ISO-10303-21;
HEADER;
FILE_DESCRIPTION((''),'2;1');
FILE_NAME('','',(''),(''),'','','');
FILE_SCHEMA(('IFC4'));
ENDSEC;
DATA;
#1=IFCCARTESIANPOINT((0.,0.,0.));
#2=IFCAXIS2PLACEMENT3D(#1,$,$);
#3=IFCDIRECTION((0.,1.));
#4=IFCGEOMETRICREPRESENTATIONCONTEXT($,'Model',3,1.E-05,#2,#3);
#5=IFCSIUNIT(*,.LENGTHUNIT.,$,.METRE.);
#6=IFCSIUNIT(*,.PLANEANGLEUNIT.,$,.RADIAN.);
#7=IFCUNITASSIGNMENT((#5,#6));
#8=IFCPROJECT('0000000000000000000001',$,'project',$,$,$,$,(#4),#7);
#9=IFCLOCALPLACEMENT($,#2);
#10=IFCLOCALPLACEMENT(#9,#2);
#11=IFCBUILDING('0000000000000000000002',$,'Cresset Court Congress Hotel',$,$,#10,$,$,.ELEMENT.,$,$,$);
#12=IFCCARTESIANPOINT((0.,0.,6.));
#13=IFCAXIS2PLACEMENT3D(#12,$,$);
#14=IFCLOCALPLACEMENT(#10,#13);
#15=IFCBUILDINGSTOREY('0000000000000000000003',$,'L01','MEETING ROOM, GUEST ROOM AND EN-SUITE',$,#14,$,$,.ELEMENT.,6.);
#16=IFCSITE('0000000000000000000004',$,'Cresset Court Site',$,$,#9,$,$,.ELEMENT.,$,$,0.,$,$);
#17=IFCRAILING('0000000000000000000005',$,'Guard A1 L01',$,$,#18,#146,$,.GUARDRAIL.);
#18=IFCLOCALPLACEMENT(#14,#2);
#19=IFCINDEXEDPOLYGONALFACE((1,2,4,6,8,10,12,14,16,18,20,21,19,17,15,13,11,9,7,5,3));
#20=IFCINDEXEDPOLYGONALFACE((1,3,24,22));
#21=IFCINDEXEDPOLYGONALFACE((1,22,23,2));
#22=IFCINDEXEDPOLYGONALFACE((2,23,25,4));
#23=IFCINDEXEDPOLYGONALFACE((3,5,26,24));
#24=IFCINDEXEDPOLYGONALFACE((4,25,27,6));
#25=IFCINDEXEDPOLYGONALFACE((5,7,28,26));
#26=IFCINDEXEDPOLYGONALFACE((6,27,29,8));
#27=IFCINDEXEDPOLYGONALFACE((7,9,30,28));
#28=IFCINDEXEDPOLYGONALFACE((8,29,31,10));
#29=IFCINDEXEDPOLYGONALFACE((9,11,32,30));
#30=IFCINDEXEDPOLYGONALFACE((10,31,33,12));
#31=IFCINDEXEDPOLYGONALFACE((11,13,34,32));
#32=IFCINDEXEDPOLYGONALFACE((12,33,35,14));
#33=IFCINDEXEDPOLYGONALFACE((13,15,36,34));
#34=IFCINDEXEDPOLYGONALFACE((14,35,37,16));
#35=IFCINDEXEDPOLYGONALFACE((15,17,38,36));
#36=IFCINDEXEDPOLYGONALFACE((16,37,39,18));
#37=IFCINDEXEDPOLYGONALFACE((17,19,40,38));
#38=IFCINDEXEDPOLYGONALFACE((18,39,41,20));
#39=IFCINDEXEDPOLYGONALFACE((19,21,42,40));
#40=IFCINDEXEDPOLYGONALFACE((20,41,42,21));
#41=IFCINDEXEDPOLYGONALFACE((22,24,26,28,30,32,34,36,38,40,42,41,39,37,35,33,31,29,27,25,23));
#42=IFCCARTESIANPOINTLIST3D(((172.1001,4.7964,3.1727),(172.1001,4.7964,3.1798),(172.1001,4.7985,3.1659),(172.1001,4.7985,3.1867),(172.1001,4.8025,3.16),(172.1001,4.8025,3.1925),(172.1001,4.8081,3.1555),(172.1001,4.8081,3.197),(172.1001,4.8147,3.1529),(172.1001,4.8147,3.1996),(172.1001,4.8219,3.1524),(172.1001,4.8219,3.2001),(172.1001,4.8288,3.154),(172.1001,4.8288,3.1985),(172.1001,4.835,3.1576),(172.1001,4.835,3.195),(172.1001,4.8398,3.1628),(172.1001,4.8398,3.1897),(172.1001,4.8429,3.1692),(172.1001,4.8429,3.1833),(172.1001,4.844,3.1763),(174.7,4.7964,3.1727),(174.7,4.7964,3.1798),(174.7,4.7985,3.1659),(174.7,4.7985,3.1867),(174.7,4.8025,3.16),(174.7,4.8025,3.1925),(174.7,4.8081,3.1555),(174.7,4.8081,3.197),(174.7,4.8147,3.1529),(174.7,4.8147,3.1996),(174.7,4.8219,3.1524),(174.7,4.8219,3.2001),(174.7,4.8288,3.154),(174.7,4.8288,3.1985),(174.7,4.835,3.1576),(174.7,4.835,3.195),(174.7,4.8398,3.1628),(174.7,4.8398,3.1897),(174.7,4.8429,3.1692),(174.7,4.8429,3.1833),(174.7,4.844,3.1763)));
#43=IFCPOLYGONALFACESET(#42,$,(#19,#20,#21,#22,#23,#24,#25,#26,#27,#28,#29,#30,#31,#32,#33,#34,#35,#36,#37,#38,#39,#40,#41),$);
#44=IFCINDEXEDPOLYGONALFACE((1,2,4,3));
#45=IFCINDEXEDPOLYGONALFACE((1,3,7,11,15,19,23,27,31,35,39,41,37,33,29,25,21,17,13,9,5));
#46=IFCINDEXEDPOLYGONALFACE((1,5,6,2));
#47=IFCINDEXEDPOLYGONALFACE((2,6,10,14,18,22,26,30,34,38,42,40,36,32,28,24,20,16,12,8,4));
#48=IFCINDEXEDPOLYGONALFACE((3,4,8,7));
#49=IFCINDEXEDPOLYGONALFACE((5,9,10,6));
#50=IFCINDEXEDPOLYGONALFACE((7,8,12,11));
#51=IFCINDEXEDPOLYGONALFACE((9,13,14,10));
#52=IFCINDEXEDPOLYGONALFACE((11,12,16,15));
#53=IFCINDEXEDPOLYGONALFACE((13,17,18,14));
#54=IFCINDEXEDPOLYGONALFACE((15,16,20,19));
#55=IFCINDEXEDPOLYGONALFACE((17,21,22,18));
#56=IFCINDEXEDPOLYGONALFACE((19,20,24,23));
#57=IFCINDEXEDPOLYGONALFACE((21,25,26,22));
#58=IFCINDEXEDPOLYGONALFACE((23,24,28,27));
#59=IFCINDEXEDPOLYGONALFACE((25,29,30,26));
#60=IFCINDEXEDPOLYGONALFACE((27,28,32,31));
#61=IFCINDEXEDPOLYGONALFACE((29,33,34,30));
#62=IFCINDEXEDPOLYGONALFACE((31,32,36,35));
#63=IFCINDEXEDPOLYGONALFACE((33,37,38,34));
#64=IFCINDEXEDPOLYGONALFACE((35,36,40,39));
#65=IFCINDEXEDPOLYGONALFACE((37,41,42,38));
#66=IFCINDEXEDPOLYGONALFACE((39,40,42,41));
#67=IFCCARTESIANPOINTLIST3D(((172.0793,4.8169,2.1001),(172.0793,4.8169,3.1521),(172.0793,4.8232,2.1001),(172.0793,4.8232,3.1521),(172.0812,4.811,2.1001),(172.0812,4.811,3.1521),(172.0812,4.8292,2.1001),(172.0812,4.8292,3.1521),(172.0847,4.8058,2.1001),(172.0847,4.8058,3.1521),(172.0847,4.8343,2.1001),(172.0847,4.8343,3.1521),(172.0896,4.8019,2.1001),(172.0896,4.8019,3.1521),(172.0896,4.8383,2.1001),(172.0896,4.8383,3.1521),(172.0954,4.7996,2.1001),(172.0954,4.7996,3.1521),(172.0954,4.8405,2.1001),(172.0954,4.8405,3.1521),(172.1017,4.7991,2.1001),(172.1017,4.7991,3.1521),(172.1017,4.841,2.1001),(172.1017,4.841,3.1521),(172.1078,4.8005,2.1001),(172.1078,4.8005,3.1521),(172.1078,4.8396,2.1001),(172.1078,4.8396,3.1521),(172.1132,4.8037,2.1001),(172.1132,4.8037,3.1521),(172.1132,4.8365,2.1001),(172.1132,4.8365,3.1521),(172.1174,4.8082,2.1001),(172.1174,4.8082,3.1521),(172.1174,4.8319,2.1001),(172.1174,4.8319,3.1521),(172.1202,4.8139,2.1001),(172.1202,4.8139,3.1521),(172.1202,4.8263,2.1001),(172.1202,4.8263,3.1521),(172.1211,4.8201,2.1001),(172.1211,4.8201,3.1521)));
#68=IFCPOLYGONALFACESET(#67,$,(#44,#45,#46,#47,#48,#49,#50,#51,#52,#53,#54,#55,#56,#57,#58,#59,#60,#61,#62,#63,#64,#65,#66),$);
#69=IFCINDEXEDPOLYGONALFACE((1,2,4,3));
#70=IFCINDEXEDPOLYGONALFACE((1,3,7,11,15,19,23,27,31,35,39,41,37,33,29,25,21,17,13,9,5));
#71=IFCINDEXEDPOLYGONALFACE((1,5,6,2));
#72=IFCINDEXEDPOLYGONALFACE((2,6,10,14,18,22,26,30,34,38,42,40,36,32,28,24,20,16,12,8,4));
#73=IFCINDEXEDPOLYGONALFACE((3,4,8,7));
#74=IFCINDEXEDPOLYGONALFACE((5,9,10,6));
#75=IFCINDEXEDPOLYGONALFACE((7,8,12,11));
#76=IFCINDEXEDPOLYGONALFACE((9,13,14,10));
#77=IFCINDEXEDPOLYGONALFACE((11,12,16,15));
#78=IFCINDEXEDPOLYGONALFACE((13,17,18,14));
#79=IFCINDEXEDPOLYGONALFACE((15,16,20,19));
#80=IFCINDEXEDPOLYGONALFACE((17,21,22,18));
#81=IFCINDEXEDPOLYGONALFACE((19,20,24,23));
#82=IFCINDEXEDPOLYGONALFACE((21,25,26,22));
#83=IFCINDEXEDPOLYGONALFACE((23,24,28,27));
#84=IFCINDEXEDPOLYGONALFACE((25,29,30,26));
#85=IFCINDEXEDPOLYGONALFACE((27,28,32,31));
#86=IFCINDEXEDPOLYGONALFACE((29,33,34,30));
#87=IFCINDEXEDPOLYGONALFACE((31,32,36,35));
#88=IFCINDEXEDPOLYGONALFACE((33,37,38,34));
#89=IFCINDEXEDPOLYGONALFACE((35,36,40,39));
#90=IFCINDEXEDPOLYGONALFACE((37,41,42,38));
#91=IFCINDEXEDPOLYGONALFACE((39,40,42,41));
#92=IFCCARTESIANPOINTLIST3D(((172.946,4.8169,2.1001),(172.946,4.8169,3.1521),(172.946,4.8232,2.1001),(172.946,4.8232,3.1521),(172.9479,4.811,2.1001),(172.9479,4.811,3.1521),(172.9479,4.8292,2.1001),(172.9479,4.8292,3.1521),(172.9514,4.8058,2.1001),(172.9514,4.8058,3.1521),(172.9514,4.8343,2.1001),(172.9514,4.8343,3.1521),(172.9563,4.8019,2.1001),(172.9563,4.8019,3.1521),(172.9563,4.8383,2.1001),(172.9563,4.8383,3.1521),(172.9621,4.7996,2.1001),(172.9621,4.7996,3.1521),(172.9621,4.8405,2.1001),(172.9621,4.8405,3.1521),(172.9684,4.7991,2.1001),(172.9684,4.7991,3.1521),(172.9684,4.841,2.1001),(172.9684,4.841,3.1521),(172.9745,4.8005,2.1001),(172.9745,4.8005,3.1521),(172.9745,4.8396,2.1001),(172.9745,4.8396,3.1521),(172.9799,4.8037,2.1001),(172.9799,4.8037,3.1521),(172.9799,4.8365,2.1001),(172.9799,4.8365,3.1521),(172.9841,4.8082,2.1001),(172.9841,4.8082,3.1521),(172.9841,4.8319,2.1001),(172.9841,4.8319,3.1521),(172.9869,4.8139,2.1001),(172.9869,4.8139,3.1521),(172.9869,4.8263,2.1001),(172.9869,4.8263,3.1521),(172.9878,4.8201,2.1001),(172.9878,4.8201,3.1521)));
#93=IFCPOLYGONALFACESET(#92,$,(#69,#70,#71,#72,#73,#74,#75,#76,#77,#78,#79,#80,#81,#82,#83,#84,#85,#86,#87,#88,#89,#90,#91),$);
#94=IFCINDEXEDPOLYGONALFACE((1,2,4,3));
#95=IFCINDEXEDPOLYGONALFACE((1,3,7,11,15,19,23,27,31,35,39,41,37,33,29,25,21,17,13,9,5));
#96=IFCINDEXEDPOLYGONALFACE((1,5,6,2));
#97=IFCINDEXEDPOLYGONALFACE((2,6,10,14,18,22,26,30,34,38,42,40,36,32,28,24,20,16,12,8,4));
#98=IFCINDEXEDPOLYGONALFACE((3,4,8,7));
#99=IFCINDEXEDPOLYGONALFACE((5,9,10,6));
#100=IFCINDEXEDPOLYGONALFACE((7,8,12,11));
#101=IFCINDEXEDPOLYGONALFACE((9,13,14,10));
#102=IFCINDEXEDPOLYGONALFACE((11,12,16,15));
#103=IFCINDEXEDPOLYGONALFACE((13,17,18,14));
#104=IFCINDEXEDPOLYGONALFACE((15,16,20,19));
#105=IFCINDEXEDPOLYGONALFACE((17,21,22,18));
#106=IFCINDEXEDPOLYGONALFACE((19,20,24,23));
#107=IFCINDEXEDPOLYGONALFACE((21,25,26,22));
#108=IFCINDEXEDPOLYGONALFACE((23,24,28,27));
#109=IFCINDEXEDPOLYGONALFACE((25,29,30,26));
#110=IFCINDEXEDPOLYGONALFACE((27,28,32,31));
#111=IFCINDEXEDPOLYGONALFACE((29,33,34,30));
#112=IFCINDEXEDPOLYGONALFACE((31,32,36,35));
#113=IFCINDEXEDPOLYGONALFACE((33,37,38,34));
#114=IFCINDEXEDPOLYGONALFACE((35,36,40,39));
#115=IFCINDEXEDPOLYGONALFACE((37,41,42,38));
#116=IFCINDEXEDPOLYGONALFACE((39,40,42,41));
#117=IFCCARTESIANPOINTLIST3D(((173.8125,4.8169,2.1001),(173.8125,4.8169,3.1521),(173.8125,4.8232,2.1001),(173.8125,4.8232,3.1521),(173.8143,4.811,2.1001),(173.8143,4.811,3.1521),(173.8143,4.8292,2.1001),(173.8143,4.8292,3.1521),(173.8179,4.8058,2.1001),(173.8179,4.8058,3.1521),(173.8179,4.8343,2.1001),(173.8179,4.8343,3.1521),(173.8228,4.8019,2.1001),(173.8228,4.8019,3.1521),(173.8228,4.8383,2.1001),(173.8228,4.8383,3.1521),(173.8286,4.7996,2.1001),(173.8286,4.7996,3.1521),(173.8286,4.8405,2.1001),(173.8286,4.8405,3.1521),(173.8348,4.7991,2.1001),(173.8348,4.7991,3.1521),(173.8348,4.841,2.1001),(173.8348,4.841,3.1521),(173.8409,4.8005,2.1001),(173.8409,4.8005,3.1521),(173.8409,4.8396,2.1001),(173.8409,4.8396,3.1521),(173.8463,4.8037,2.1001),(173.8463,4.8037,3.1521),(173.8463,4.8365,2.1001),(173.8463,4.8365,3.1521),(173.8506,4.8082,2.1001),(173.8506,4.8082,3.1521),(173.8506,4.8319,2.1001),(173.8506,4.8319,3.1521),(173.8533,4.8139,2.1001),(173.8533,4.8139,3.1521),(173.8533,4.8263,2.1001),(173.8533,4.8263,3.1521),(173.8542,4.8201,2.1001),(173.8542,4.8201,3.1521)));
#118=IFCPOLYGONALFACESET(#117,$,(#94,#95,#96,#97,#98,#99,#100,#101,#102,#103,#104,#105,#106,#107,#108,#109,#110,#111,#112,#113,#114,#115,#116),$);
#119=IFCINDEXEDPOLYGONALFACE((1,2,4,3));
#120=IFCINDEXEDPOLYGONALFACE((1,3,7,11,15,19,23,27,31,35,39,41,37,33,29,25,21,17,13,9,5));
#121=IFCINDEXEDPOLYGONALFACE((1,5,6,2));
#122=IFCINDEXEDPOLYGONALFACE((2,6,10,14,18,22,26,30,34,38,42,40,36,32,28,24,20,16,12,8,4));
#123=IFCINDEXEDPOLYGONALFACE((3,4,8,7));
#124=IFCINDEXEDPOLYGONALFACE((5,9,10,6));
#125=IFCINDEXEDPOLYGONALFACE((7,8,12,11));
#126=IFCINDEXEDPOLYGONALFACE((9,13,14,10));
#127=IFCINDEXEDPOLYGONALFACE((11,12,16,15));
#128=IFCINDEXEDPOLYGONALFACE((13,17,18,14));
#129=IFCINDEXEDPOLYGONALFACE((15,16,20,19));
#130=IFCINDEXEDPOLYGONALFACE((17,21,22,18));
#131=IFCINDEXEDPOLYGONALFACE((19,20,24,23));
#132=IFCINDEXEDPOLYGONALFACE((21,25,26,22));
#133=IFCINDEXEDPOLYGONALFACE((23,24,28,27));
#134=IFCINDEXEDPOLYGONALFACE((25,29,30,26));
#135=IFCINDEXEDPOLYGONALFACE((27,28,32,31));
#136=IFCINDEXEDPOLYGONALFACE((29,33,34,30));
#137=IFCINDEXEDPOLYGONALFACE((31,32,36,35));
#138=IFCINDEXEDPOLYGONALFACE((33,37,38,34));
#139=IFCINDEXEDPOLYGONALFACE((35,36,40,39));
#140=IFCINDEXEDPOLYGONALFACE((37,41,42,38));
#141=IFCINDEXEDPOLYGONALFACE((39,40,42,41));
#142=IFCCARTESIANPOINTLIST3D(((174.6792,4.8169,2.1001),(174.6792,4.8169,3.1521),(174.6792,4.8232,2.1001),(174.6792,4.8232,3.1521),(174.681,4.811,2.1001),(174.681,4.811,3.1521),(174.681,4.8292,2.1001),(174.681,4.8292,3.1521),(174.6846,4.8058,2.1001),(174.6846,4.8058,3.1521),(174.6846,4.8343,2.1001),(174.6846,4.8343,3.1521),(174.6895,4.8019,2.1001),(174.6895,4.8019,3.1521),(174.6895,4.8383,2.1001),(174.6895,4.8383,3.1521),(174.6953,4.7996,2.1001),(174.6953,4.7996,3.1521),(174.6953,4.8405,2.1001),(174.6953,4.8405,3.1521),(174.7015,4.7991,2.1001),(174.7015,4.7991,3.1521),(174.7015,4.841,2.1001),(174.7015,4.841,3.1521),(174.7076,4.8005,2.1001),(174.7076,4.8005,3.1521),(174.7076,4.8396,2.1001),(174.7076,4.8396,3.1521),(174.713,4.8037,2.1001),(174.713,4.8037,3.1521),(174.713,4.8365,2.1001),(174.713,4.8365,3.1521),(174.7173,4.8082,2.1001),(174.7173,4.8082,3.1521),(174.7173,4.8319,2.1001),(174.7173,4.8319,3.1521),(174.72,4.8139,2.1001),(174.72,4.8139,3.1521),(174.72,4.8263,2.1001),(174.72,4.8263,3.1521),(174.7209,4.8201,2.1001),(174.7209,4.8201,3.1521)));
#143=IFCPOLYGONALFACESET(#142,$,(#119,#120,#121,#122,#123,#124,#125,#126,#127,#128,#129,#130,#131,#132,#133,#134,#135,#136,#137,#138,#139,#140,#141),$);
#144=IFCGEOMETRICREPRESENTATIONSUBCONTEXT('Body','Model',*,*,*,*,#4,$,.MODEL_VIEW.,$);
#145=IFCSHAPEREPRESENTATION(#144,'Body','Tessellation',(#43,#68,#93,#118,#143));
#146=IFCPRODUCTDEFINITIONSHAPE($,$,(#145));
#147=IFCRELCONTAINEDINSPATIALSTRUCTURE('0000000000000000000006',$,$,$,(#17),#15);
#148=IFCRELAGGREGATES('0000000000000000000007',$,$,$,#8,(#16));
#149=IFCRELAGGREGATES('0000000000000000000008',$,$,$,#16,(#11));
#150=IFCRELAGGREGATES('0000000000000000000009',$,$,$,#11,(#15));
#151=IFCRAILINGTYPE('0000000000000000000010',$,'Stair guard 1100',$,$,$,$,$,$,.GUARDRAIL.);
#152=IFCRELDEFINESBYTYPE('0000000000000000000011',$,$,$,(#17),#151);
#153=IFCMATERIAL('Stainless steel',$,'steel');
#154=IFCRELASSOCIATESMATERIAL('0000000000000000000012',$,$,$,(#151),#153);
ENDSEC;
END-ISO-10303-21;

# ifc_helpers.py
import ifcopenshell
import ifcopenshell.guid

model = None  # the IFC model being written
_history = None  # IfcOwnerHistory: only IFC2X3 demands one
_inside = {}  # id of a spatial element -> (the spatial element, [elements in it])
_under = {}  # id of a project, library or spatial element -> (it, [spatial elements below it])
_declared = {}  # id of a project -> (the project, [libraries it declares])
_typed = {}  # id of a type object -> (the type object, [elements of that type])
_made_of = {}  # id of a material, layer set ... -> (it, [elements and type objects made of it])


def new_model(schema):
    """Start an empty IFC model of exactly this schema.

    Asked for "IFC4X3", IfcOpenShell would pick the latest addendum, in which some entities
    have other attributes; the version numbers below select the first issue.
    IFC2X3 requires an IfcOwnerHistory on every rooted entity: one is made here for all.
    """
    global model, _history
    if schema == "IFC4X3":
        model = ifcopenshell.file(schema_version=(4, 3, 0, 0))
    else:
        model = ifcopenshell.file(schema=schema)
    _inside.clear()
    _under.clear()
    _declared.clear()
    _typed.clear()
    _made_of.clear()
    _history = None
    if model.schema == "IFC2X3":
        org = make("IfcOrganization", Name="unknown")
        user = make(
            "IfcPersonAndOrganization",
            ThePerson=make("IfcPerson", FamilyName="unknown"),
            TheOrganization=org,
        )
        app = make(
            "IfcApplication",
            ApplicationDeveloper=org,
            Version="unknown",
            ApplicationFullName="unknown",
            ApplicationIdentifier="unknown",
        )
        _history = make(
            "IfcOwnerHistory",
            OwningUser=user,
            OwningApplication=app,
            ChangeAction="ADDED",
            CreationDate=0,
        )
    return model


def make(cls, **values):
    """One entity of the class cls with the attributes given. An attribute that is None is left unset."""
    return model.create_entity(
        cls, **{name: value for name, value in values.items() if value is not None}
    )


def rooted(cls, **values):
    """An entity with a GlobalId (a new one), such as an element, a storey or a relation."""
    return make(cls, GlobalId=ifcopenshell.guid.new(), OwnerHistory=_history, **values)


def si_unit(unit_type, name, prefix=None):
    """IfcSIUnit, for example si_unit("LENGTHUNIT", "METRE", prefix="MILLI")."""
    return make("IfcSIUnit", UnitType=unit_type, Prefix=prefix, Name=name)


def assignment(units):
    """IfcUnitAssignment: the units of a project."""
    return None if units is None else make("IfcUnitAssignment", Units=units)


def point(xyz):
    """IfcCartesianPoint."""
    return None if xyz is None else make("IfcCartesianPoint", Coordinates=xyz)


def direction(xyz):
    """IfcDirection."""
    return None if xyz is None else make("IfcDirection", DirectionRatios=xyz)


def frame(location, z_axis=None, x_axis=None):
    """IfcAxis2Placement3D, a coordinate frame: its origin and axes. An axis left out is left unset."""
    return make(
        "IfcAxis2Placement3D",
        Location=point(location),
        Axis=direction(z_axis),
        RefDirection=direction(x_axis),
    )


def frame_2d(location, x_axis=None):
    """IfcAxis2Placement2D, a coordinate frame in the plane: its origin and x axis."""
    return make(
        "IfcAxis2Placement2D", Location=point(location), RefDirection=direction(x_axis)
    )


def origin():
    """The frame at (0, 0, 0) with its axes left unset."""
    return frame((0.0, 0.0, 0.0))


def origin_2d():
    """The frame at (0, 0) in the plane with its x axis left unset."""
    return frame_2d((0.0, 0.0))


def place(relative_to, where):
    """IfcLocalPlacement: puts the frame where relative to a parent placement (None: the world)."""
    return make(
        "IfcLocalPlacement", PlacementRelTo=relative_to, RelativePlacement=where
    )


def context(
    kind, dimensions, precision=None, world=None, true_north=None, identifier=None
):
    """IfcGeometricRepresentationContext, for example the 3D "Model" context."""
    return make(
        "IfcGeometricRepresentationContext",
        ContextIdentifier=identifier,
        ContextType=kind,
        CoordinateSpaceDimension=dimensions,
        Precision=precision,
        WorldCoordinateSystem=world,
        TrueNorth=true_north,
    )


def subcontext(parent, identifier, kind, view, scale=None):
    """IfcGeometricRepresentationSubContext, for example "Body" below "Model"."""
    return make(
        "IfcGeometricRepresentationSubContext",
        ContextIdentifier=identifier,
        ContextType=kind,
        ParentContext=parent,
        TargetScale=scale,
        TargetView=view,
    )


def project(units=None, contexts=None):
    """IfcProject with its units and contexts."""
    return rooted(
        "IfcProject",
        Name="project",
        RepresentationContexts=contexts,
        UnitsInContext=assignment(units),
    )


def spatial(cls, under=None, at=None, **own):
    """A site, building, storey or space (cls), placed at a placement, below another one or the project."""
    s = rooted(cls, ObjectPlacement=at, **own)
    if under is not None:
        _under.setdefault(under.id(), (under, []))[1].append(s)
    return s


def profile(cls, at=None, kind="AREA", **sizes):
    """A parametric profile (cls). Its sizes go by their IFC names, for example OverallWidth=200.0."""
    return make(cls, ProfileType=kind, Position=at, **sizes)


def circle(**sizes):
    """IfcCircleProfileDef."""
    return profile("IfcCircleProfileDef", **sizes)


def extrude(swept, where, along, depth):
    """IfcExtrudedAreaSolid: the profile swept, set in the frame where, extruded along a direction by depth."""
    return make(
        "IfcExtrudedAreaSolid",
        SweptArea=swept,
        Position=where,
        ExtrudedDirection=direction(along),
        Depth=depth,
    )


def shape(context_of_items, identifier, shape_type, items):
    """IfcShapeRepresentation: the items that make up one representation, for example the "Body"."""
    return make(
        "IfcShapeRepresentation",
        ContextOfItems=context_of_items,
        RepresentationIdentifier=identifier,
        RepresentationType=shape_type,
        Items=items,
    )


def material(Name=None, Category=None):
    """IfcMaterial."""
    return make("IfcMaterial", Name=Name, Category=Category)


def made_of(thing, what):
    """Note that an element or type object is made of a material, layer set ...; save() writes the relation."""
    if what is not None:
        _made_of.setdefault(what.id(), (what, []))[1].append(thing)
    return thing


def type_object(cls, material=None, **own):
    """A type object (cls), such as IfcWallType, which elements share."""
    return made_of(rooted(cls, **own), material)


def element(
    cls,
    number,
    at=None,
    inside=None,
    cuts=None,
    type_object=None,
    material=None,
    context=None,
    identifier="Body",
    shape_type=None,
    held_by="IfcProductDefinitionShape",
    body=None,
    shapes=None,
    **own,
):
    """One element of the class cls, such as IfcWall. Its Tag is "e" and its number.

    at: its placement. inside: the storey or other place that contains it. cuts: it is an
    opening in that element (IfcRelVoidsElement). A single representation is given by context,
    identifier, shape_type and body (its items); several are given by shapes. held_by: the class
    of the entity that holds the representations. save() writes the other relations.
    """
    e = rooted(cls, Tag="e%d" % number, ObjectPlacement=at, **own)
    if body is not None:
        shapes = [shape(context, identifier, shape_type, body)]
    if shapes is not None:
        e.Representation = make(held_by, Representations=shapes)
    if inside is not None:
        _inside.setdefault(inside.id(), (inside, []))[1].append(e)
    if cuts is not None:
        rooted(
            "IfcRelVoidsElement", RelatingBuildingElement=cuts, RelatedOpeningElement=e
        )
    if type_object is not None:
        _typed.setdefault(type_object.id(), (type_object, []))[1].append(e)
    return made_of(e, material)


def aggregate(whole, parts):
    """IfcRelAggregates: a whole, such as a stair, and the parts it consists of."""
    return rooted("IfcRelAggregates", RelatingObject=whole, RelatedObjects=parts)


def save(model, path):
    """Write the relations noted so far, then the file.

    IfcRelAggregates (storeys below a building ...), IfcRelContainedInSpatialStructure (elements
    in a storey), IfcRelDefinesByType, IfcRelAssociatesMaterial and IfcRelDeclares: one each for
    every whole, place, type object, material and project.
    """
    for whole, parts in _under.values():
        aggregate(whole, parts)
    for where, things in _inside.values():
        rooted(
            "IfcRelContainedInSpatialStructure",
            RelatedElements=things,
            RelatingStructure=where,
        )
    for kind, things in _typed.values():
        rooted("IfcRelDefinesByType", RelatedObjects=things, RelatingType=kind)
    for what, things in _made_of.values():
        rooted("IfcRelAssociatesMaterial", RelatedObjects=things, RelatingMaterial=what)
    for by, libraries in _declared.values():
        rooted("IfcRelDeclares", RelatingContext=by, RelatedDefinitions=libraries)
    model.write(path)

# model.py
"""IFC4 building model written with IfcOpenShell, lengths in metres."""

from ifc_helpers import new_model, si_unit, direction, frame, origin, origin_2d, place, context, subcontext, project, spatial, circle, extrude, material, type_object, element, save


model = new_model("IFC4")

# Units and contexts
model_context = context("Model", 3, precision=1e-05, world=origin(), true_north=direction((0.0, 1.0)))
body_context = subcontext(model_context, "Body", "Model", "MODEL_VIEW")
ifc_project = project(units=[si_unit("LENGTHUNIT", "METRE"), si_unit("PLANEANGLEUNIT", "RADIAN")], contexts=[model_context])

# Site, building, storey
site_placement = place(None, origin())
site = spatial("IfcSite", under=ifc_project, at=site_placement, Name="Cresset Court Site", CompositionType="ELEMENT", RefElevation=0.0)
building_placement = place(site_placement, origin())
building = spatial("IfcBuilding", under=site, at=building_placement, Name="Cresset Court Congress Hotel", CompositionType="ELEMENT")
storey_placement = place(building_placement, frame((0.0, 0.0, 6.0)))
storey = spatial("IfcBuildingStorey", under=building, at=storey_placement, Name="L01", Description="MEETING ROOM, GUEST ROOM AND EN-SUITE", CompositionType="ELEMENT", Elevation=6.0)

# Railing
ifc_material_1 = material(Name="Stainless steel", Category="steel")
railing_type_1 = type_object("IfcRailingType", Name="Stair guard 1100", PredefinedType="GUARDRAIL", material=ifc_material_1)
for number, where, name in (
    (1, (172.1001, 4.8201, 2.1001), "Guard A1 L01"),
):
    element("IfcRailing", number, at=place(storey_placement, frame(where)), inside=storey, type_object=railing_type_1, Name=name, PredefinedType="GUARDRAIL", context=body_context, shape_type="SweptSolid", body=[
        extrude(circle(Radius=0.0239, at=origin_2d()), frame((0.0, 0.0, 1.0762), z_axis=(1.0, 0.0, 0.0), x_axis=(0.0, 1.0, 0.0)), (0.0, 0.0, 1.0), 2.5999),
        extrude(circle(Radius=0.021, at=origin_2d()), origin(), (0.0, 0.0, 1.0), 1.052),
        extrude(circle(Radius=0.021, at=origin_2d()), frame((0.8667, 0.0, 0.0)), (0.0, 0.0, 1.0), 1.052),
        extrude(circle(Radius=0.021, at=origin_2d()), frame((1.7332, 0.0, 0.0)), (0.0, 0.0, 1.0), 1.052),
        extrude(circle(Radius=0.021, at=origin_2d()), frame((2.5999, 0.0, 0.0)), (0.0, 0.0, 1.0), 1.052),
    ])

save(model, "model.ifc")
